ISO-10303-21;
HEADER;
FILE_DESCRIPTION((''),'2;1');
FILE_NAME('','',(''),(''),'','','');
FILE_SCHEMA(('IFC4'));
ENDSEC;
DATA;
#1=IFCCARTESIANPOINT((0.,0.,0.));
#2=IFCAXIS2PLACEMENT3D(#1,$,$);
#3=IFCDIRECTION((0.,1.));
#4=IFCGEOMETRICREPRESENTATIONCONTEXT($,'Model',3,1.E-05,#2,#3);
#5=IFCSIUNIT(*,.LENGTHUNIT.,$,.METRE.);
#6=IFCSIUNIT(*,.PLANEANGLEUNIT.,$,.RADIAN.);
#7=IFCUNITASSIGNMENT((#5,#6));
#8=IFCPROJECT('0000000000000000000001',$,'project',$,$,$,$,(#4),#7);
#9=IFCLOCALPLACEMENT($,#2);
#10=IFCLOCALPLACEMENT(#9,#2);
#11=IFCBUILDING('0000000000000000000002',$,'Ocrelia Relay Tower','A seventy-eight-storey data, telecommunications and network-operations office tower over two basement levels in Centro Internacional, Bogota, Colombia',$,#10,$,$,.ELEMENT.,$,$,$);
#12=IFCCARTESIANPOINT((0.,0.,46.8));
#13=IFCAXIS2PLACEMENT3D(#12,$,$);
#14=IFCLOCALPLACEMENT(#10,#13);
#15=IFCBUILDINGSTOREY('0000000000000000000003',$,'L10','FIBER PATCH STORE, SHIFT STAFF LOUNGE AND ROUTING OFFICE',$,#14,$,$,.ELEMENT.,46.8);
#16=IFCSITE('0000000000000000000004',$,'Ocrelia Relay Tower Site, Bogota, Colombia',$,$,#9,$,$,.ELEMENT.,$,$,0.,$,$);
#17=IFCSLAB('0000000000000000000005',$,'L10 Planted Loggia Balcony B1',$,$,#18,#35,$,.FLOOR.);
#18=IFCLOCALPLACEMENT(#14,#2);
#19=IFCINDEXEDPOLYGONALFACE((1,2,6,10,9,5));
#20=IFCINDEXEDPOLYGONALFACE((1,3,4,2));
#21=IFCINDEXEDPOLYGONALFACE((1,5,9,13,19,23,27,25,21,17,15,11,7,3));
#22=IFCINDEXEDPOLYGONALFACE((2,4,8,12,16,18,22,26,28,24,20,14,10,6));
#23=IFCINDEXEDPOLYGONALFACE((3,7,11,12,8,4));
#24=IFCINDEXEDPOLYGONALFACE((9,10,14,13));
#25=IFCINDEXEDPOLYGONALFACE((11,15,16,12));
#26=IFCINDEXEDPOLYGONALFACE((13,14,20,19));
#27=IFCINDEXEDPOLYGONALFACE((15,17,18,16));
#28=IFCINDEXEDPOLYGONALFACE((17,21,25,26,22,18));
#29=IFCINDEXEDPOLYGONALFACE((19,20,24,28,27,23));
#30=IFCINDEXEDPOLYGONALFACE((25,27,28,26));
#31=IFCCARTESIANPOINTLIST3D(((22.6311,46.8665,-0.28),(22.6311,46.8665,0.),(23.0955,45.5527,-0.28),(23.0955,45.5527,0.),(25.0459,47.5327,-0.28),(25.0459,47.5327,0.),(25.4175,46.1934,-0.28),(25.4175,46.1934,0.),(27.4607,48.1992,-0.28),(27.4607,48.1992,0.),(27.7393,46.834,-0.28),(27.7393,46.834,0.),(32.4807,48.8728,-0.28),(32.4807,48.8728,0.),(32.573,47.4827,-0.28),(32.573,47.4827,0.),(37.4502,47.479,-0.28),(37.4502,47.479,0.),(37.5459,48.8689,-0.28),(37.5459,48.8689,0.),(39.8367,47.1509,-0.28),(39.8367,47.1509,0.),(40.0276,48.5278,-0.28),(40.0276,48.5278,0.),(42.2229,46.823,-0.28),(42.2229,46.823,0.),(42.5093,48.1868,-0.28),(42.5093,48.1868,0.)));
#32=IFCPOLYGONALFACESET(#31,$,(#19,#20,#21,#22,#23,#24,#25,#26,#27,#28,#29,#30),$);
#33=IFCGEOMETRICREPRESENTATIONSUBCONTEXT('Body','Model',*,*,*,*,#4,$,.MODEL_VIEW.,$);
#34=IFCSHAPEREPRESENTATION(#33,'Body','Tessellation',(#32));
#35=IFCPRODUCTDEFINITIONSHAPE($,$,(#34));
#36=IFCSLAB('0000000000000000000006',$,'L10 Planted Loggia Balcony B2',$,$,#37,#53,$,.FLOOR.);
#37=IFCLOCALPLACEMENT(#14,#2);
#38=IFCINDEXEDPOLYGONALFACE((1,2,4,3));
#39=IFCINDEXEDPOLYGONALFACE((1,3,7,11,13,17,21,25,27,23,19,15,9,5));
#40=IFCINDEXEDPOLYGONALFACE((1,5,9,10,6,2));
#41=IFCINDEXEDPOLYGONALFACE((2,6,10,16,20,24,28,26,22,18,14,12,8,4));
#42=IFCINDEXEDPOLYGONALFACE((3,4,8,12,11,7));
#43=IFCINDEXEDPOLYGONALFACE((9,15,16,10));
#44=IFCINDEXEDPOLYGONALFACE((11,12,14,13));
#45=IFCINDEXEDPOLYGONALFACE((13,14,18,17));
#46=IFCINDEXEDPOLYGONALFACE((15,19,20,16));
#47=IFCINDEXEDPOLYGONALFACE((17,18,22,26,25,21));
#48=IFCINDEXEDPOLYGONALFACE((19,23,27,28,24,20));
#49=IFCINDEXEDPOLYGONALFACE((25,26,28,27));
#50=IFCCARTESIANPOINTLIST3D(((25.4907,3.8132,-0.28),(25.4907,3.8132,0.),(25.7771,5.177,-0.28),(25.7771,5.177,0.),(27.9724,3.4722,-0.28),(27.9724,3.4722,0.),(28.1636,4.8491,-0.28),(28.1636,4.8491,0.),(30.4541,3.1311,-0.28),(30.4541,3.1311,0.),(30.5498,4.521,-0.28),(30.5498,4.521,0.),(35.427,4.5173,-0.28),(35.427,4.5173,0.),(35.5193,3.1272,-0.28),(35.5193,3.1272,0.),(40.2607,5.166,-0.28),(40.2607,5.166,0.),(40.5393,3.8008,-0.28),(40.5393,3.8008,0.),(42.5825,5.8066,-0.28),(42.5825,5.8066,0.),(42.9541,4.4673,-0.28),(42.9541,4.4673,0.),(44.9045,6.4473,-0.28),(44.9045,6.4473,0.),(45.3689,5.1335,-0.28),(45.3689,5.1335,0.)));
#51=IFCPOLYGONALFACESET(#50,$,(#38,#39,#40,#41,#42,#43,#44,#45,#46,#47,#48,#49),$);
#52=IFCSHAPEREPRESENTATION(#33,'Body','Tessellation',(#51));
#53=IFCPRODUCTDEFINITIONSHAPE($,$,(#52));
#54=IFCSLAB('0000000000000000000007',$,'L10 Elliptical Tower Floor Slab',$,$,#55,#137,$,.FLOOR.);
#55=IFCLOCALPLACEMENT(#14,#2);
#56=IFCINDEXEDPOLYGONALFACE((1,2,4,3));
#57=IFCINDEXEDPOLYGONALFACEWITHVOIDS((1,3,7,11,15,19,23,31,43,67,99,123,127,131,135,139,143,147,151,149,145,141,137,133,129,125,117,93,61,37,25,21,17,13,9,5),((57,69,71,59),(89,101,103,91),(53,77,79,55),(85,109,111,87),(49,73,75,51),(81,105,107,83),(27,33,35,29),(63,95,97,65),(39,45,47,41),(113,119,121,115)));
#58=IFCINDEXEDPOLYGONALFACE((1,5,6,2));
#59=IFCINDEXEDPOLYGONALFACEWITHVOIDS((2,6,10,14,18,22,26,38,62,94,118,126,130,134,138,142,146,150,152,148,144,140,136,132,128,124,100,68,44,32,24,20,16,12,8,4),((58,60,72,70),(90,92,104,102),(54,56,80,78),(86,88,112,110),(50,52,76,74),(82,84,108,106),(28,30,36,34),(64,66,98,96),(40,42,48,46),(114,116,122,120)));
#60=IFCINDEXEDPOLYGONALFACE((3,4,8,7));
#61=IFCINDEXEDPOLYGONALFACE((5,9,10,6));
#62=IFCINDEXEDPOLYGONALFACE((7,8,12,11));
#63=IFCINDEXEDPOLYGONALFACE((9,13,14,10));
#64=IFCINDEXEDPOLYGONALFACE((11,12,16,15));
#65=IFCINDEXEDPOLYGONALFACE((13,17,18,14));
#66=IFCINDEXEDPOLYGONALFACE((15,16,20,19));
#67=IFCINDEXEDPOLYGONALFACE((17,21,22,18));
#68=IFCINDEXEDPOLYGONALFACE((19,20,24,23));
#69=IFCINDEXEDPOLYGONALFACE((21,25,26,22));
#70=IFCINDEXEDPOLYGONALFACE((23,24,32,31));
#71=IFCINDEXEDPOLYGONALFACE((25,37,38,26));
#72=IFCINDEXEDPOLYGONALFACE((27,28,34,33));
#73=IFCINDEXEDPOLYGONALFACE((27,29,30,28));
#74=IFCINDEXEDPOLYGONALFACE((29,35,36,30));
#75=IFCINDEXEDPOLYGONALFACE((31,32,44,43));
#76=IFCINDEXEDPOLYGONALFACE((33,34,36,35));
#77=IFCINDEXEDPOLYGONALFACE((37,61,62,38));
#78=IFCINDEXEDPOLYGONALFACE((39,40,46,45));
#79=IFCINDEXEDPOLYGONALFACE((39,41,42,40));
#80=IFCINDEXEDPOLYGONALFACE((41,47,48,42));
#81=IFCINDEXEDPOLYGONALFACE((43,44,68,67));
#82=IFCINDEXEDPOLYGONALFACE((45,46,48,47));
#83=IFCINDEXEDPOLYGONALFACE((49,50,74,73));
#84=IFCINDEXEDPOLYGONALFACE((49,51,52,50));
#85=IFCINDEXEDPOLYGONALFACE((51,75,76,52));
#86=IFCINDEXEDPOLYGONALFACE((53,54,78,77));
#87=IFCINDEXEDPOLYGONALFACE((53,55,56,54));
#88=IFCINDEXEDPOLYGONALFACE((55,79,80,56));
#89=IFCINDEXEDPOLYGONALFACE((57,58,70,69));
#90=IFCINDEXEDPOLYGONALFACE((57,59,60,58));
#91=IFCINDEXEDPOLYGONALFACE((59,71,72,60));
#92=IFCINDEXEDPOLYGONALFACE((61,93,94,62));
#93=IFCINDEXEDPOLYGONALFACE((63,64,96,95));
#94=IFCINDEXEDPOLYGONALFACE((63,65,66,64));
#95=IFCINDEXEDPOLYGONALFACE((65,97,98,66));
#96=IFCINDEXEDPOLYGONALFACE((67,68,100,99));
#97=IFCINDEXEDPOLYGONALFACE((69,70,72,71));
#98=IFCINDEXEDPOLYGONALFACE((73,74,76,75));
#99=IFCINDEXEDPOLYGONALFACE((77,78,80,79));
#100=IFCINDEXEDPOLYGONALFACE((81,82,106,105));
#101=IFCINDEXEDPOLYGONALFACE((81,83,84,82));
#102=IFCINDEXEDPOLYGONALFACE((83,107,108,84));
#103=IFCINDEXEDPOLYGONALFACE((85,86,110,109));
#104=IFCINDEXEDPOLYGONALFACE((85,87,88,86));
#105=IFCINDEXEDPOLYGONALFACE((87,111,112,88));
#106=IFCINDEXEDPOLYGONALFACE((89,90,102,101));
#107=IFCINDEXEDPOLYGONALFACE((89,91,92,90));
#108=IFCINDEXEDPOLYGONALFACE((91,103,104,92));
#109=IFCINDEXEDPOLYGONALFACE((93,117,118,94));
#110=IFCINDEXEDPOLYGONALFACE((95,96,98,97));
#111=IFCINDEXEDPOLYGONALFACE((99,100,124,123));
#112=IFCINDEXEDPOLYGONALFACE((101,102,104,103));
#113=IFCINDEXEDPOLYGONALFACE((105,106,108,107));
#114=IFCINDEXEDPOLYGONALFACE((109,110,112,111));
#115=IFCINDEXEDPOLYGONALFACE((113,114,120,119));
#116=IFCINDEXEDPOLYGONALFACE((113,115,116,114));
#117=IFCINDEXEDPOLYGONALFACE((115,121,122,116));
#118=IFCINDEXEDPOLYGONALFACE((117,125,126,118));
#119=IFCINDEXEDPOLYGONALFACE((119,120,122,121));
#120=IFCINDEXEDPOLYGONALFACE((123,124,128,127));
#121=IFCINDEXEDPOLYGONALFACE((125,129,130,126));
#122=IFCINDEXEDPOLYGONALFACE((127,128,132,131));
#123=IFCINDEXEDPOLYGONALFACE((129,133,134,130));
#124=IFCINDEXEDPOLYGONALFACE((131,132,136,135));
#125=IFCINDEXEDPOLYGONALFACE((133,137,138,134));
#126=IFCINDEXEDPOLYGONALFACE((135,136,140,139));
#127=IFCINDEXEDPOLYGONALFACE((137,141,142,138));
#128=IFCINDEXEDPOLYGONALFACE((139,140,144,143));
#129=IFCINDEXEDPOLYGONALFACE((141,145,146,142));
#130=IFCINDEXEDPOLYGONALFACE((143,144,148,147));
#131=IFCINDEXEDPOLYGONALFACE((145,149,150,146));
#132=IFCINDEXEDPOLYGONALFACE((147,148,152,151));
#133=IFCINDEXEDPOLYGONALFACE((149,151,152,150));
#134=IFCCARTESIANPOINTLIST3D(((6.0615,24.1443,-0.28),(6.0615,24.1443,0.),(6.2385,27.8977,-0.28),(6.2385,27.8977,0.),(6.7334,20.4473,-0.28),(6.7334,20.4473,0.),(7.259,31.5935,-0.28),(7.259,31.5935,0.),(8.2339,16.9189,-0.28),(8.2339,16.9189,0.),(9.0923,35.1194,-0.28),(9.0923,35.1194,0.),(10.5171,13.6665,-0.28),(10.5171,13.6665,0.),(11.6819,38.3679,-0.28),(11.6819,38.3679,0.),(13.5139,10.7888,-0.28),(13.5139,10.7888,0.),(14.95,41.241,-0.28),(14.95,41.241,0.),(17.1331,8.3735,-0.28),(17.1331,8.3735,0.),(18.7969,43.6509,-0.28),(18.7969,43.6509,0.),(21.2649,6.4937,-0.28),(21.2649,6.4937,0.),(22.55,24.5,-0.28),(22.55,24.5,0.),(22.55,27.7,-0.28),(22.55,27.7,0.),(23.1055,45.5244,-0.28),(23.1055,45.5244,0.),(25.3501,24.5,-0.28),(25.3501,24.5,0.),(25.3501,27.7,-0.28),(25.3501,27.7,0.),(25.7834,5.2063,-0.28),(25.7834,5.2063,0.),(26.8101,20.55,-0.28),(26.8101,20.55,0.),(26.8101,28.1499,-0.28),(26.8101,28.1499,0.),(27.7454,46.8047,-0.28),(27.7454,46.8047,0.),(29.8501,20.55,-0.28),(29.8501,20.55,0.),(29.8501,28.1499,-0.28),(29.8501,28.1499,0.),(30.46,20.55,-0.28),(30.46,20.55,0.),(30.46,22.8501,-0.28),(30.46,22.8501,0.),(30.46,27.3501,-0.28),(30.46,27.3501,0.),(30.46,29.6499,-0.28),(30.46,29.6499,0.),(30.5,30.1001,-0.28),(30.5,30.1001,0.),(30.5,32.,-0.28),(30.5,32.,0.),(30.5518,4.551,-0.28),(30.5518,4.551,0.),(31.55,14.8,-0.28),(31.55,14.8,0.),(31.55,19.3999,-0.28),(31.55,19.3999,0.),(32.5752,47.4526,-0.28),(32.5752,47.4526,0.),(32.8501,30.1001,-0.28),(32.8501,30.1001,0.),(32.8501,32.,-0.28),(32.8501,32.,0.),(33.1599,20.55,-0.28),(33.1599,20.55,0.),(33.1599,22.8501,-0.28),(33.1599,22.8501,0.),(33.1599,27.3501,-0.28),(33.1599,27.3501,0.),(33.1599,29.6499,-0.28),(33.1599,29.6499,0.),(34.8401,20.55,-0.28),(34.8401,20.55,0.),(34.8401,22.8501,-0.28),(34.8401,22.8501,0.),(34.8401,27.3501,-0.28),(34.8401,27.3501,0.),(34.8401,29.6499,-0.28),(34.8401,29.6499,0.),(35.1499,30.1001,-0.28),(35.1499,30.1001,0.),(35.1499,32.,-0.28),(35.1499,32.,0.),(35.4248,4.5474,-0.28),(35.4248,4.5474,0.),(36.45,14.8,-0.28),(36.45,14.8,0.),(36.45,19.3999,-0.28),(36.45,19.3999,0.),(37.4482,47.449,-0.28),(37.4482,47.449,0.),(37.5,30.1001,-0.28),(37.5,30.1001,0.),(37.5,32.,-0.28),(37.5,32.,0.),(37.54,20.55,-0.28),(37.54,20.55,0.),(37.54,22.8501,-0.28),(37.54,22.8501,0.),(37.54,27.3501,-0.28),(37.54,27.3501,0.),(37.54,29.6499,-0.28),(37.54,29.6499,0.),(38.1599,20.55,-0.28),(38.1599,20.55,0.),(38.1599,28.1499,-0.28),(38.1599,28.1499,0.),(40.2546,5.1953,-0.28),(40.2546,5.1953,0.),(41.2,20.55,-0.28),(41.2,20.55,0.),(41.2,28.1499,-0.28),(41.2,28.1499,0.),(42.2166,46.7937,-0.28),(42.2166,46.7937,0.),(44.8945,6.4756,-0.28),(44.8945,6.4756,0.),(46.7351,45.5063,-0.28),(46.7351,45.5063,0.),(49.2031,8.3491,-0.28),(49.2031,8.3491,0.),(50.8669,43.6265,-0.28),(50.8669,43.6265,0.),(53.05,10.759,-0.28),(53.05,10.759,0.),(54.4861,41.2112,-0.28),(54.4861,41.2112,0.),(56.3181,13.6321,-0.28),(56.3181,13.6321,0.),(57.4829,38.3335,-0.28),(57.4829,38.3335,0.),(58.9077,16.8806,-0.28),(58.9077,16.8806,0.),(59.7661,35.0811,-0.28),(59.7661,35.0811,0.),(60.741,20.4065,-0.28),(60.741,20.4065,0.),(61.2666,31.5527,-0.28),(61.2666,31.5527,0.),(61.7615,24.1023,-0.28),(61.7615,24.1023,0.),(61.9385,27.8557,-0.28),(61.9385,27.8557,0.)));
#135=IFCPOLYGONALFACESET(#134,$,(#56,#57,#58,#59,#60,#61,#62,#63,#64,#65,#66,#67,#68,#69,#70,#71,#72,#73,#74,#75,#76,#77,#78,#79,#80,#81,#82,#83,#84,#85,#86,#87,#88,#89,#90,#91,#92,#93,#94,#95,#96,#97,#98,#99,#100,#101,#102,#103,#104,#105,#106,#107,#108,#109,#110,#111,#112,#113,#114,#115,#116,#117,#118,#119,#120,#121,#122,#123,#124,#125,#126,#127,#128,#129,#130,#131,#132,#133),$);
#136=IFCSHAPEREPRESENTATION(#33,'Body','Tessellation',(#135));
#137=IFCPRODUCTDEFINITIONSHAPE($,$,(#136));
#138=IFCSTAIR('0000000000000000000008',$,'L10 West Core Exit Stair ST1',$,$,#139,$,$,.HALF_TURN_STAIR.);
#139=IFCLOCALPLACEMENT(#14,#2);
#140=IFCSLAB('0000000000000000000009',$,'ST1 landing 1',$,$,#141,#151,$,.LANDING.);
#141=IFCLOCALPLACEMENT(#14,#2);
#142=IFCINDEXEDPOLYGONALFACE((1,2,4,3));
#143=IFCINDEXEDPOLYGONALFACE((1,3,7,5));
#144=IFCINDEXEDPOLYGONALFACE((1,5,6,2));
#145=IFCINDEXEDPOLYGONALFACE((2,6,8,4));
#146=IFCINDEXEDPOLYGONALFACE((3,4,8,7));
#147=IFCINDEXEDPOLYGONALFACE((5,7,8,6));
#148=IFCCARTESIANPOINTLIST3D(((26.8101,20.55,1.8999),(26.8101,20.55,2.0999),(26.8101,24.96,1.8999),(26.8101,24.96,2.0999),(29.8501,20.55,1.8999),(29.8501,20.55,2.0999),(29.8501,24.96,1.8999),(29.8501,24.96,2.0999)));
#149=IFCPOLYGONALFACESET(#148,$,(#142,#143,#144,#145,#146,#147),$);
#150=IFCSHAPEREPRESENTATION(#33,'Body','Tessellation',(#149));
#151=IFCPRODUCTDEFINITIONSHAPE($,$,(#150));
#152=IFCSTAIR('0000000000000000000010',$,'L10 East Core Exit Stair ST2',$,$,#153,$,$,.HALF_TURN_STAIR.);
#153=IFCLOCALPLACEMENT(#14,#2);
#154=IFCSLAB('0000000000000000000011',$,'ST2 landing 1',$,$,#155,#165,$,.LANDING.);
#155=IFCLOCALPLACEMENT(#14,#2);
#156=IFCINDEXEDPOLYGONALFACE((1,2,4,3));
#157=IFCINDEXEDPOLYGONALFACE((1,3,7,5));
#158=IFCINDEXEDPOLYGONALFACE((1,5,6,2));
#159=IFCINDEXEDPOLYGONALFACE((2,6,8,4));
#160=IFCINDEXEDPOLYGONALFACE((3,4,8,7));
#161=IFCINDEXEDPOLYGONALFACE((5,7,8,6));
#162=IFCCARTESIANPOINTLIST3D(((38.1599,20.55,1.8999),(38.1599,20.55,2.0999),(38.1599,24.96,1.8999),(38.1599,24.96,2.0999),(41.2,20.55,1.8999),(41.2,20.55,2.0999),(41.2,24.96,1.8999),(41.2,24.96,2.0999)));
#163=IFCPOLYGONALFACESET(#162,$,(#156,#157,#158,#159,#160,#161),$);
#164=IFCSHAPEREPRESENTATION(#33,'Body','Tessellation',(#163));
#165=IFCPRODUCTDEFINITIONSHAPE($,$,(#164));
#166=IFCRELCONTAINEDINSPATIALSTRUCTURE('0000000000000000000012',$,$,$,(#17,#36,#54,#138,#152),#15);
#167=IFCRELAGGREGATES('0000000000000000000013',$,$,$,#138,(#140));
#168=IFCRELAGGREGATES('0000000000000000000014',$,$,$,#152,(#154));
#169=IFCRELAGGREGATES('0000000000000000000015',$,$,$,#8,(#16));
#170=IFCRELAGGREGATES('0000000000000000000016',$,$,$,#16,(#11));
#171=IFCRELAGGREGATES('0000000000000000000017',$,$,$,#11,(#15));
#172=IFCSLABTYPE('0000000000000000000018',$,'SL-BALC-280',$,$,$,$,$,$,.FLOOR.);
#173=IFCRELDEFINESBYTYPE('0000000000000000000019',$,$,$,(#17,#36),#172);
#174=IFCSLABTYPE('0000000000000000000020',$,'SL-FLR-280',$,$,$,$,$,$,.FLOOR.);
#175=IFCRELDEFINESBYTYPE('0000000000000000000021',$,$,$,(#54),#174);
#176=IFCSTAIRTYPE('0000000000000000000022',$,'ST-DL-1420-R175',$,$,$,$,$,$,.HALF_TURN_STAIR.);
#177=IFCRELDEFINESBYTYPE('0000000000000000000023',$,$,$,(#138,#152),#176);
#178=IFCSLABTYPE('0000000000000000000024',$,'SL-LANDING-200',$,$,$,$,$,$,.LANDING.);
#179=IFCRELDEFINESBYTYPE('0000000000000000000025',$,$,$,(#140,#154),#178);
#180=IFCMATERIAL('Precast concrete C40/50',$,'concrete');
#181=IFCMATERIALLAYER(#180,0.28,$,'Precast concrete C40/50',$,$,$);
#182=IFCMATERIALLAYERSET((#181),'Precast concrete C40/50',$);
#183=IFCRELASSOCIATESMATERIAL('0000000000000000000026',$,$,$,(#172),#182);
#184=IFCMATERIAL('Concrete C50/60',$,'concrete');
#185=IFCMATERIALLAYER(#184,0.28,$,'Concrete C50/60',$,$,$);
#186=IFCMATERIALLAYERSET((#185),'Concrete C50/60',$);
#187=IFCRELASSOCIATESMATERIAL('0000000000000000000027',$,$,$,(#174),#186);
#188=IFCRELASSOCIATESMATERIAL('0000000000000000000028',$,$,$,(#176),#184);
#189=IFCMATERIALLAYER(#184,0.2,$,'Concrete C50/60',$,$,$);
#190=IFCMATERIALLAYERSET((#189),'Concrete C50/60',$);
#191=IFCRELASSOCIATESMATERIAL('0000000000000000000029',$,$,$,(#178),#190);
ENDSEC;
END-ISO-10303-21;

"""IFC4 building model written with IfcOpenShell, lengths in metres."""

from ifc_helpers import new_model, si_unit, direction, frame, origin, place, context, subcontext, project, spatial, polyline, outline, extrude, material, layer, layer_set, type_object, element, aggregate, save


model = new_model("IFC4")

# Units and contexts
model_context = context("Model", 3, precision=1e-05, world=origin(), true_north=direction((0.0, 1.0)))
body_context = subcontext(model_context, "Body", "Model", "MODEL_VIEW")
ifc_project = project(units=[si_unit("LENGTHUNIT", "METRE"), si_unit("PLANEANGLEUNIT", "RADIAN")], contexts=[model_context])

# Site, building, storey
site_placement = place(None, origin())
site = spatial("IfcSite", under=ifc_project, at=site_placement, Name="Ocrelia Relay Tower Site, Bogota, Colombia", CompositionType="ELEMENT", RefElevation=0.0)
building_placement = place(site_placement, origin())
building = spatial("IfcBuilding", under=site, at=building_placement, Name="Ocrelia Relay Tower", Description="A seventy-eight-storey data, telecommunications and network-operations office tower over two basement levels in Centro Internacional, Bogota, Colombia", CompositionType="ELEMENT")
storey_placement = place(building_placement, frame((0.0, 0.0, 46.8)))
storey = spatial("IfcBuildingStorey", under=building, at=storey_placement, Name="L10", Description="FIBER PATCH STORE, SHIFT STAFF LOUNGE AND ROUTING OFFICE", CompositionType="ELEMENT", Elevation=46.8)

# Slabs
ifc_material_1 = material(Name="Precast concrete C40/50", Category="concrete")
ifc_layer_1 = layer(ifc_material_1, 0.28, Name="Precast concrete C40/50")
ifc_layer_set_1 = layer_set([ifc_layer_1], Name="Precast concrete C40/50")
slab_type_1 = type_object("IfcSlabType", Name="SL-BALC-280", PredefinedType="FLOOR", material=ifc_layer_set_1)
slab_1_placement = place(storey_placement, frame((0.0, 0.0, -0.28)))
element("IfcSlab", 1, at=slab_1_placement, inside=storey, type_object=slab_type_1, Name="L10 Planted Loggia Balcony B1", PredefinedType="FLOOR", context=body_context, shape_type="SweptSolid", body=[
    extrude(outline(polyline([(42.2229, 46.823), (39.8367, 47.1509), (37.4502, 47.479), (32.573, 47.4827), (27.7393, 46.834), (25.4175, 46.1934), (23.0955, 45.5527), (22.6311, 46.8665), (25.0459, 47.5327), (27.4607, 48.1992), (32.4807, 48.8728), (37.5459, 48.8689), (40.0276, 48.5278), (42.5093, 48.1868), (42.2229, 46.823)])), origin(), (0.0, 0.0, 1.0), 0.28),
])
slab_2_placement = place(storey_placement, frame((0.0, 0.0, -0.28)))
element("IfcSlab", 2, at=slab_2_placement, inside=storey, type_object=slab_type_1, Name="L10 Planted Loggia Balcony B2", PredefinedType="FLOOR", context=body_context, shape_type="SweptSolid", body=[
    extrude(outline(polyline([(25.7771, 5.177), (28.1636, 4.8491), (30.5498, 4.521), (35.427, 4.5173), (40.2607, 5.166), (42.5825, 5.8066), (44.9045, 6.4473), (45.3689, 5.1335), (42.9541, 4.4673), (40.5393, 3.8008), (35.5193, 3.1272), (30.4541, 3.1311), (27.9724, 3.4722), (25.4907, 3.8132), (25.7771, 5.177)])), origin(), (0.0, 0.0, 1.0), 0.28),
])
ifc_material_2 = material(Name="Concrete C50/60", Category="concrete")
ifc_layer_2 = layer(ifc_material_2, 0.28, Name="Concrete C50/60")
ifc_layer_set_2 = layer_set([ifc_layer_2], Name="Concrete C50/60")
slab_type_2 = type_object("IfcSlabType", Name="SL-FLR-280", PredefinedType="FLOOR", material=ifc_layer_set_2)
slab_3_placement = place(storey_placement, frame((0.0, 0.0, -0.28)))
element("IfcSlab", 3, at=slab_3_placement, inside=storey, type_object=slab_type_2, Name="L10 Elliptical Tower Floor Slab", PredefinedType="FLOOR", context=body_context, shape_type="SweptSolid", body=[
    extrude(outline(polyline([(61.9385, 27.8557), (61.2666, 31.5527), (59.7661, 35.0811), (57.4829, 38.3335), (54.4861, 41.2112), (50.8669, 43.6265), (46.7351, 45.5063), (42.2166, 46.7937), (37.4482, 47.449), (32.5752, 47.4526), (27.7454, 46.8047), (23.1055, 45.5244), (18.7969, 43.6509), (14.95, 41.241), (11.6819, 38.3679), (9.0923, 35.1194), (7.259, 31.5935), (6.2385, 27.8977), (6.0615, 24.1443), (6.7334, 20.4473), (8.2339, 16.9189), (10.5171, 13.6665), (13.5139, 10.7888), (17.1331, 8.3735), (21.2649, 6.4937), (25.7834, 5.2063), (30.5518, 4.551), (35.4248, 4.5474), (40.2546, 5.1953), (44.8945, 6.4756), (49.2031, 8.3491), (53.05, 10.759), (56.3181, 13.6321), (58.9077, 16.8806), (60.741, 20.4065), (61.7615, 24.1023), (61.9385, 27.8557)]), holes=[polyline([(26.8101, 28.1499), (26.8101, 20.55), (29.8501, 20.55), (29.8501, 28.1499), (26.8101, 28.1499)]), polyline([(38.1599, 28.1499), (38.1599, 20.55), (41.2, 20.55), (41.2, 28.1499), (38.1599, 28.1499)]), polyline([(30.46, 20.55), (33.1599, 20.55), (33.1599, 22.8501), (30.46, 22.8501), (30.46, 20.55)]), polyline([(34.8401, 20.55), (37.54, 20.55), (37.54, 22.8501), (34.8401, 22.8501), (34.8401, 20.55)]), polyline([(30.46, 27.3501), (33.1599, 27.3501), (33.1599, 29.6499), (30.46, 29.6499), (30.46, 27.3501)]), polyline([(34.8401, 27.3501), (37.54, 27.3501), (37.54, 29.6499), (34.8401, 29.6499), (34.8401, 27.3501)]), polyline([(30.5, 30.1001), (32.8501, 30.1001), (32.8501, 32.0), (30.5, 32.0), (30.5, 30.1001)]), polyline([(35.1499, 30.1001), (37.5, 30.1001), (37.5, 32.0), (35.1499, 32.0), (35.1499, 30.1001)]), polyline([(22.55, 24.5), (25.3501, 24.5), (25.3501, 27.7), (22.55, 27.7), (22.55, 24.5)]), polyline([(31.55, 14.8), (36.45, 14.8), (36.45, 19.3999), (31.55, 19.3999), (31.55, 14.8)])]), origin(), (0.0, 0.0, 1.0), 0.28),
])

# Stairs, slabs
stair_type = type_object("IfcStairType", Name="ST-DL-1420-R175", PredefinedType="HALF_TURN_STAIR", material=ifc_material_2)
stair_1_placement = place(storey_placement, origin())
stair_1 = element("IfcStair", 4, at=stair_1_placement, inside=storey, type_object=stair_type, Name="L10 West Core Exit Stair ST1", PredefinedType="HALF_TURN_STAIR")
ifc_layer_3 = layer(ifc_material_2, 0.2, Name="Concrete C50/60")
ifc_layer_set_3 = layer_set([ifc_layer_3], Name="Concrete C50/60")
slab_type_3 = type_object("IfcSlabType", Name="SL-LANDING-200", PredefinedType="LANDING", material=ifc_layer_set_3)
slab_4_placement = place(storey_placement, frame((0.0, 0.0, 1.8999)))
slab_4 = element("IfcSlab", 5, at=slab_4_placement, type_object=slab_type_3, Name="ST1 landing 1", PredefinedType="LANDING", context=body_context, shape_type="SweptSolid", body=[
    extrude(outline(polyline([(26.8101, 24.96), (26.8101, 20.55), (29.8501, 20.55), (29.8501, 24.96), (26.8101, 24.96)])), origin(), (0.0, 0.0, 1.0), 0.2),
])
aggregate(stair_1, [slab_4])
stair_2_placement = place(storey_placement, origin())
stair_2 = element("IfcStair", 6, at=stair_2_placement, inside=storey, type_object=stair_type, Name="L10 East Core Exit Stair ST2", PredefinedType="HALF_TURN_STAIR")
slab_5_placement = place(storey_placement, frame((0.0, 0.0, 1.8999)))
slab_5 = element("IfcSlab", 7, at=slab_5_placement, type_object=slab_type_3, Name="ST2 landing 1", PredefinedType="LANDING", context=body_context, shape_type="SweptSolid", body=[
    extrude(outline(polyline([(38.1599, 24.96), (38.1599, 20.55), (41.2, 20.55), (41.2, 24.96), (38.1599, 24.96)])), origin(), (0.0, 0.0, 1.0), 0.2),
])
aggregate(stair_2, [slab_5])

save(model, "model.ifc")
